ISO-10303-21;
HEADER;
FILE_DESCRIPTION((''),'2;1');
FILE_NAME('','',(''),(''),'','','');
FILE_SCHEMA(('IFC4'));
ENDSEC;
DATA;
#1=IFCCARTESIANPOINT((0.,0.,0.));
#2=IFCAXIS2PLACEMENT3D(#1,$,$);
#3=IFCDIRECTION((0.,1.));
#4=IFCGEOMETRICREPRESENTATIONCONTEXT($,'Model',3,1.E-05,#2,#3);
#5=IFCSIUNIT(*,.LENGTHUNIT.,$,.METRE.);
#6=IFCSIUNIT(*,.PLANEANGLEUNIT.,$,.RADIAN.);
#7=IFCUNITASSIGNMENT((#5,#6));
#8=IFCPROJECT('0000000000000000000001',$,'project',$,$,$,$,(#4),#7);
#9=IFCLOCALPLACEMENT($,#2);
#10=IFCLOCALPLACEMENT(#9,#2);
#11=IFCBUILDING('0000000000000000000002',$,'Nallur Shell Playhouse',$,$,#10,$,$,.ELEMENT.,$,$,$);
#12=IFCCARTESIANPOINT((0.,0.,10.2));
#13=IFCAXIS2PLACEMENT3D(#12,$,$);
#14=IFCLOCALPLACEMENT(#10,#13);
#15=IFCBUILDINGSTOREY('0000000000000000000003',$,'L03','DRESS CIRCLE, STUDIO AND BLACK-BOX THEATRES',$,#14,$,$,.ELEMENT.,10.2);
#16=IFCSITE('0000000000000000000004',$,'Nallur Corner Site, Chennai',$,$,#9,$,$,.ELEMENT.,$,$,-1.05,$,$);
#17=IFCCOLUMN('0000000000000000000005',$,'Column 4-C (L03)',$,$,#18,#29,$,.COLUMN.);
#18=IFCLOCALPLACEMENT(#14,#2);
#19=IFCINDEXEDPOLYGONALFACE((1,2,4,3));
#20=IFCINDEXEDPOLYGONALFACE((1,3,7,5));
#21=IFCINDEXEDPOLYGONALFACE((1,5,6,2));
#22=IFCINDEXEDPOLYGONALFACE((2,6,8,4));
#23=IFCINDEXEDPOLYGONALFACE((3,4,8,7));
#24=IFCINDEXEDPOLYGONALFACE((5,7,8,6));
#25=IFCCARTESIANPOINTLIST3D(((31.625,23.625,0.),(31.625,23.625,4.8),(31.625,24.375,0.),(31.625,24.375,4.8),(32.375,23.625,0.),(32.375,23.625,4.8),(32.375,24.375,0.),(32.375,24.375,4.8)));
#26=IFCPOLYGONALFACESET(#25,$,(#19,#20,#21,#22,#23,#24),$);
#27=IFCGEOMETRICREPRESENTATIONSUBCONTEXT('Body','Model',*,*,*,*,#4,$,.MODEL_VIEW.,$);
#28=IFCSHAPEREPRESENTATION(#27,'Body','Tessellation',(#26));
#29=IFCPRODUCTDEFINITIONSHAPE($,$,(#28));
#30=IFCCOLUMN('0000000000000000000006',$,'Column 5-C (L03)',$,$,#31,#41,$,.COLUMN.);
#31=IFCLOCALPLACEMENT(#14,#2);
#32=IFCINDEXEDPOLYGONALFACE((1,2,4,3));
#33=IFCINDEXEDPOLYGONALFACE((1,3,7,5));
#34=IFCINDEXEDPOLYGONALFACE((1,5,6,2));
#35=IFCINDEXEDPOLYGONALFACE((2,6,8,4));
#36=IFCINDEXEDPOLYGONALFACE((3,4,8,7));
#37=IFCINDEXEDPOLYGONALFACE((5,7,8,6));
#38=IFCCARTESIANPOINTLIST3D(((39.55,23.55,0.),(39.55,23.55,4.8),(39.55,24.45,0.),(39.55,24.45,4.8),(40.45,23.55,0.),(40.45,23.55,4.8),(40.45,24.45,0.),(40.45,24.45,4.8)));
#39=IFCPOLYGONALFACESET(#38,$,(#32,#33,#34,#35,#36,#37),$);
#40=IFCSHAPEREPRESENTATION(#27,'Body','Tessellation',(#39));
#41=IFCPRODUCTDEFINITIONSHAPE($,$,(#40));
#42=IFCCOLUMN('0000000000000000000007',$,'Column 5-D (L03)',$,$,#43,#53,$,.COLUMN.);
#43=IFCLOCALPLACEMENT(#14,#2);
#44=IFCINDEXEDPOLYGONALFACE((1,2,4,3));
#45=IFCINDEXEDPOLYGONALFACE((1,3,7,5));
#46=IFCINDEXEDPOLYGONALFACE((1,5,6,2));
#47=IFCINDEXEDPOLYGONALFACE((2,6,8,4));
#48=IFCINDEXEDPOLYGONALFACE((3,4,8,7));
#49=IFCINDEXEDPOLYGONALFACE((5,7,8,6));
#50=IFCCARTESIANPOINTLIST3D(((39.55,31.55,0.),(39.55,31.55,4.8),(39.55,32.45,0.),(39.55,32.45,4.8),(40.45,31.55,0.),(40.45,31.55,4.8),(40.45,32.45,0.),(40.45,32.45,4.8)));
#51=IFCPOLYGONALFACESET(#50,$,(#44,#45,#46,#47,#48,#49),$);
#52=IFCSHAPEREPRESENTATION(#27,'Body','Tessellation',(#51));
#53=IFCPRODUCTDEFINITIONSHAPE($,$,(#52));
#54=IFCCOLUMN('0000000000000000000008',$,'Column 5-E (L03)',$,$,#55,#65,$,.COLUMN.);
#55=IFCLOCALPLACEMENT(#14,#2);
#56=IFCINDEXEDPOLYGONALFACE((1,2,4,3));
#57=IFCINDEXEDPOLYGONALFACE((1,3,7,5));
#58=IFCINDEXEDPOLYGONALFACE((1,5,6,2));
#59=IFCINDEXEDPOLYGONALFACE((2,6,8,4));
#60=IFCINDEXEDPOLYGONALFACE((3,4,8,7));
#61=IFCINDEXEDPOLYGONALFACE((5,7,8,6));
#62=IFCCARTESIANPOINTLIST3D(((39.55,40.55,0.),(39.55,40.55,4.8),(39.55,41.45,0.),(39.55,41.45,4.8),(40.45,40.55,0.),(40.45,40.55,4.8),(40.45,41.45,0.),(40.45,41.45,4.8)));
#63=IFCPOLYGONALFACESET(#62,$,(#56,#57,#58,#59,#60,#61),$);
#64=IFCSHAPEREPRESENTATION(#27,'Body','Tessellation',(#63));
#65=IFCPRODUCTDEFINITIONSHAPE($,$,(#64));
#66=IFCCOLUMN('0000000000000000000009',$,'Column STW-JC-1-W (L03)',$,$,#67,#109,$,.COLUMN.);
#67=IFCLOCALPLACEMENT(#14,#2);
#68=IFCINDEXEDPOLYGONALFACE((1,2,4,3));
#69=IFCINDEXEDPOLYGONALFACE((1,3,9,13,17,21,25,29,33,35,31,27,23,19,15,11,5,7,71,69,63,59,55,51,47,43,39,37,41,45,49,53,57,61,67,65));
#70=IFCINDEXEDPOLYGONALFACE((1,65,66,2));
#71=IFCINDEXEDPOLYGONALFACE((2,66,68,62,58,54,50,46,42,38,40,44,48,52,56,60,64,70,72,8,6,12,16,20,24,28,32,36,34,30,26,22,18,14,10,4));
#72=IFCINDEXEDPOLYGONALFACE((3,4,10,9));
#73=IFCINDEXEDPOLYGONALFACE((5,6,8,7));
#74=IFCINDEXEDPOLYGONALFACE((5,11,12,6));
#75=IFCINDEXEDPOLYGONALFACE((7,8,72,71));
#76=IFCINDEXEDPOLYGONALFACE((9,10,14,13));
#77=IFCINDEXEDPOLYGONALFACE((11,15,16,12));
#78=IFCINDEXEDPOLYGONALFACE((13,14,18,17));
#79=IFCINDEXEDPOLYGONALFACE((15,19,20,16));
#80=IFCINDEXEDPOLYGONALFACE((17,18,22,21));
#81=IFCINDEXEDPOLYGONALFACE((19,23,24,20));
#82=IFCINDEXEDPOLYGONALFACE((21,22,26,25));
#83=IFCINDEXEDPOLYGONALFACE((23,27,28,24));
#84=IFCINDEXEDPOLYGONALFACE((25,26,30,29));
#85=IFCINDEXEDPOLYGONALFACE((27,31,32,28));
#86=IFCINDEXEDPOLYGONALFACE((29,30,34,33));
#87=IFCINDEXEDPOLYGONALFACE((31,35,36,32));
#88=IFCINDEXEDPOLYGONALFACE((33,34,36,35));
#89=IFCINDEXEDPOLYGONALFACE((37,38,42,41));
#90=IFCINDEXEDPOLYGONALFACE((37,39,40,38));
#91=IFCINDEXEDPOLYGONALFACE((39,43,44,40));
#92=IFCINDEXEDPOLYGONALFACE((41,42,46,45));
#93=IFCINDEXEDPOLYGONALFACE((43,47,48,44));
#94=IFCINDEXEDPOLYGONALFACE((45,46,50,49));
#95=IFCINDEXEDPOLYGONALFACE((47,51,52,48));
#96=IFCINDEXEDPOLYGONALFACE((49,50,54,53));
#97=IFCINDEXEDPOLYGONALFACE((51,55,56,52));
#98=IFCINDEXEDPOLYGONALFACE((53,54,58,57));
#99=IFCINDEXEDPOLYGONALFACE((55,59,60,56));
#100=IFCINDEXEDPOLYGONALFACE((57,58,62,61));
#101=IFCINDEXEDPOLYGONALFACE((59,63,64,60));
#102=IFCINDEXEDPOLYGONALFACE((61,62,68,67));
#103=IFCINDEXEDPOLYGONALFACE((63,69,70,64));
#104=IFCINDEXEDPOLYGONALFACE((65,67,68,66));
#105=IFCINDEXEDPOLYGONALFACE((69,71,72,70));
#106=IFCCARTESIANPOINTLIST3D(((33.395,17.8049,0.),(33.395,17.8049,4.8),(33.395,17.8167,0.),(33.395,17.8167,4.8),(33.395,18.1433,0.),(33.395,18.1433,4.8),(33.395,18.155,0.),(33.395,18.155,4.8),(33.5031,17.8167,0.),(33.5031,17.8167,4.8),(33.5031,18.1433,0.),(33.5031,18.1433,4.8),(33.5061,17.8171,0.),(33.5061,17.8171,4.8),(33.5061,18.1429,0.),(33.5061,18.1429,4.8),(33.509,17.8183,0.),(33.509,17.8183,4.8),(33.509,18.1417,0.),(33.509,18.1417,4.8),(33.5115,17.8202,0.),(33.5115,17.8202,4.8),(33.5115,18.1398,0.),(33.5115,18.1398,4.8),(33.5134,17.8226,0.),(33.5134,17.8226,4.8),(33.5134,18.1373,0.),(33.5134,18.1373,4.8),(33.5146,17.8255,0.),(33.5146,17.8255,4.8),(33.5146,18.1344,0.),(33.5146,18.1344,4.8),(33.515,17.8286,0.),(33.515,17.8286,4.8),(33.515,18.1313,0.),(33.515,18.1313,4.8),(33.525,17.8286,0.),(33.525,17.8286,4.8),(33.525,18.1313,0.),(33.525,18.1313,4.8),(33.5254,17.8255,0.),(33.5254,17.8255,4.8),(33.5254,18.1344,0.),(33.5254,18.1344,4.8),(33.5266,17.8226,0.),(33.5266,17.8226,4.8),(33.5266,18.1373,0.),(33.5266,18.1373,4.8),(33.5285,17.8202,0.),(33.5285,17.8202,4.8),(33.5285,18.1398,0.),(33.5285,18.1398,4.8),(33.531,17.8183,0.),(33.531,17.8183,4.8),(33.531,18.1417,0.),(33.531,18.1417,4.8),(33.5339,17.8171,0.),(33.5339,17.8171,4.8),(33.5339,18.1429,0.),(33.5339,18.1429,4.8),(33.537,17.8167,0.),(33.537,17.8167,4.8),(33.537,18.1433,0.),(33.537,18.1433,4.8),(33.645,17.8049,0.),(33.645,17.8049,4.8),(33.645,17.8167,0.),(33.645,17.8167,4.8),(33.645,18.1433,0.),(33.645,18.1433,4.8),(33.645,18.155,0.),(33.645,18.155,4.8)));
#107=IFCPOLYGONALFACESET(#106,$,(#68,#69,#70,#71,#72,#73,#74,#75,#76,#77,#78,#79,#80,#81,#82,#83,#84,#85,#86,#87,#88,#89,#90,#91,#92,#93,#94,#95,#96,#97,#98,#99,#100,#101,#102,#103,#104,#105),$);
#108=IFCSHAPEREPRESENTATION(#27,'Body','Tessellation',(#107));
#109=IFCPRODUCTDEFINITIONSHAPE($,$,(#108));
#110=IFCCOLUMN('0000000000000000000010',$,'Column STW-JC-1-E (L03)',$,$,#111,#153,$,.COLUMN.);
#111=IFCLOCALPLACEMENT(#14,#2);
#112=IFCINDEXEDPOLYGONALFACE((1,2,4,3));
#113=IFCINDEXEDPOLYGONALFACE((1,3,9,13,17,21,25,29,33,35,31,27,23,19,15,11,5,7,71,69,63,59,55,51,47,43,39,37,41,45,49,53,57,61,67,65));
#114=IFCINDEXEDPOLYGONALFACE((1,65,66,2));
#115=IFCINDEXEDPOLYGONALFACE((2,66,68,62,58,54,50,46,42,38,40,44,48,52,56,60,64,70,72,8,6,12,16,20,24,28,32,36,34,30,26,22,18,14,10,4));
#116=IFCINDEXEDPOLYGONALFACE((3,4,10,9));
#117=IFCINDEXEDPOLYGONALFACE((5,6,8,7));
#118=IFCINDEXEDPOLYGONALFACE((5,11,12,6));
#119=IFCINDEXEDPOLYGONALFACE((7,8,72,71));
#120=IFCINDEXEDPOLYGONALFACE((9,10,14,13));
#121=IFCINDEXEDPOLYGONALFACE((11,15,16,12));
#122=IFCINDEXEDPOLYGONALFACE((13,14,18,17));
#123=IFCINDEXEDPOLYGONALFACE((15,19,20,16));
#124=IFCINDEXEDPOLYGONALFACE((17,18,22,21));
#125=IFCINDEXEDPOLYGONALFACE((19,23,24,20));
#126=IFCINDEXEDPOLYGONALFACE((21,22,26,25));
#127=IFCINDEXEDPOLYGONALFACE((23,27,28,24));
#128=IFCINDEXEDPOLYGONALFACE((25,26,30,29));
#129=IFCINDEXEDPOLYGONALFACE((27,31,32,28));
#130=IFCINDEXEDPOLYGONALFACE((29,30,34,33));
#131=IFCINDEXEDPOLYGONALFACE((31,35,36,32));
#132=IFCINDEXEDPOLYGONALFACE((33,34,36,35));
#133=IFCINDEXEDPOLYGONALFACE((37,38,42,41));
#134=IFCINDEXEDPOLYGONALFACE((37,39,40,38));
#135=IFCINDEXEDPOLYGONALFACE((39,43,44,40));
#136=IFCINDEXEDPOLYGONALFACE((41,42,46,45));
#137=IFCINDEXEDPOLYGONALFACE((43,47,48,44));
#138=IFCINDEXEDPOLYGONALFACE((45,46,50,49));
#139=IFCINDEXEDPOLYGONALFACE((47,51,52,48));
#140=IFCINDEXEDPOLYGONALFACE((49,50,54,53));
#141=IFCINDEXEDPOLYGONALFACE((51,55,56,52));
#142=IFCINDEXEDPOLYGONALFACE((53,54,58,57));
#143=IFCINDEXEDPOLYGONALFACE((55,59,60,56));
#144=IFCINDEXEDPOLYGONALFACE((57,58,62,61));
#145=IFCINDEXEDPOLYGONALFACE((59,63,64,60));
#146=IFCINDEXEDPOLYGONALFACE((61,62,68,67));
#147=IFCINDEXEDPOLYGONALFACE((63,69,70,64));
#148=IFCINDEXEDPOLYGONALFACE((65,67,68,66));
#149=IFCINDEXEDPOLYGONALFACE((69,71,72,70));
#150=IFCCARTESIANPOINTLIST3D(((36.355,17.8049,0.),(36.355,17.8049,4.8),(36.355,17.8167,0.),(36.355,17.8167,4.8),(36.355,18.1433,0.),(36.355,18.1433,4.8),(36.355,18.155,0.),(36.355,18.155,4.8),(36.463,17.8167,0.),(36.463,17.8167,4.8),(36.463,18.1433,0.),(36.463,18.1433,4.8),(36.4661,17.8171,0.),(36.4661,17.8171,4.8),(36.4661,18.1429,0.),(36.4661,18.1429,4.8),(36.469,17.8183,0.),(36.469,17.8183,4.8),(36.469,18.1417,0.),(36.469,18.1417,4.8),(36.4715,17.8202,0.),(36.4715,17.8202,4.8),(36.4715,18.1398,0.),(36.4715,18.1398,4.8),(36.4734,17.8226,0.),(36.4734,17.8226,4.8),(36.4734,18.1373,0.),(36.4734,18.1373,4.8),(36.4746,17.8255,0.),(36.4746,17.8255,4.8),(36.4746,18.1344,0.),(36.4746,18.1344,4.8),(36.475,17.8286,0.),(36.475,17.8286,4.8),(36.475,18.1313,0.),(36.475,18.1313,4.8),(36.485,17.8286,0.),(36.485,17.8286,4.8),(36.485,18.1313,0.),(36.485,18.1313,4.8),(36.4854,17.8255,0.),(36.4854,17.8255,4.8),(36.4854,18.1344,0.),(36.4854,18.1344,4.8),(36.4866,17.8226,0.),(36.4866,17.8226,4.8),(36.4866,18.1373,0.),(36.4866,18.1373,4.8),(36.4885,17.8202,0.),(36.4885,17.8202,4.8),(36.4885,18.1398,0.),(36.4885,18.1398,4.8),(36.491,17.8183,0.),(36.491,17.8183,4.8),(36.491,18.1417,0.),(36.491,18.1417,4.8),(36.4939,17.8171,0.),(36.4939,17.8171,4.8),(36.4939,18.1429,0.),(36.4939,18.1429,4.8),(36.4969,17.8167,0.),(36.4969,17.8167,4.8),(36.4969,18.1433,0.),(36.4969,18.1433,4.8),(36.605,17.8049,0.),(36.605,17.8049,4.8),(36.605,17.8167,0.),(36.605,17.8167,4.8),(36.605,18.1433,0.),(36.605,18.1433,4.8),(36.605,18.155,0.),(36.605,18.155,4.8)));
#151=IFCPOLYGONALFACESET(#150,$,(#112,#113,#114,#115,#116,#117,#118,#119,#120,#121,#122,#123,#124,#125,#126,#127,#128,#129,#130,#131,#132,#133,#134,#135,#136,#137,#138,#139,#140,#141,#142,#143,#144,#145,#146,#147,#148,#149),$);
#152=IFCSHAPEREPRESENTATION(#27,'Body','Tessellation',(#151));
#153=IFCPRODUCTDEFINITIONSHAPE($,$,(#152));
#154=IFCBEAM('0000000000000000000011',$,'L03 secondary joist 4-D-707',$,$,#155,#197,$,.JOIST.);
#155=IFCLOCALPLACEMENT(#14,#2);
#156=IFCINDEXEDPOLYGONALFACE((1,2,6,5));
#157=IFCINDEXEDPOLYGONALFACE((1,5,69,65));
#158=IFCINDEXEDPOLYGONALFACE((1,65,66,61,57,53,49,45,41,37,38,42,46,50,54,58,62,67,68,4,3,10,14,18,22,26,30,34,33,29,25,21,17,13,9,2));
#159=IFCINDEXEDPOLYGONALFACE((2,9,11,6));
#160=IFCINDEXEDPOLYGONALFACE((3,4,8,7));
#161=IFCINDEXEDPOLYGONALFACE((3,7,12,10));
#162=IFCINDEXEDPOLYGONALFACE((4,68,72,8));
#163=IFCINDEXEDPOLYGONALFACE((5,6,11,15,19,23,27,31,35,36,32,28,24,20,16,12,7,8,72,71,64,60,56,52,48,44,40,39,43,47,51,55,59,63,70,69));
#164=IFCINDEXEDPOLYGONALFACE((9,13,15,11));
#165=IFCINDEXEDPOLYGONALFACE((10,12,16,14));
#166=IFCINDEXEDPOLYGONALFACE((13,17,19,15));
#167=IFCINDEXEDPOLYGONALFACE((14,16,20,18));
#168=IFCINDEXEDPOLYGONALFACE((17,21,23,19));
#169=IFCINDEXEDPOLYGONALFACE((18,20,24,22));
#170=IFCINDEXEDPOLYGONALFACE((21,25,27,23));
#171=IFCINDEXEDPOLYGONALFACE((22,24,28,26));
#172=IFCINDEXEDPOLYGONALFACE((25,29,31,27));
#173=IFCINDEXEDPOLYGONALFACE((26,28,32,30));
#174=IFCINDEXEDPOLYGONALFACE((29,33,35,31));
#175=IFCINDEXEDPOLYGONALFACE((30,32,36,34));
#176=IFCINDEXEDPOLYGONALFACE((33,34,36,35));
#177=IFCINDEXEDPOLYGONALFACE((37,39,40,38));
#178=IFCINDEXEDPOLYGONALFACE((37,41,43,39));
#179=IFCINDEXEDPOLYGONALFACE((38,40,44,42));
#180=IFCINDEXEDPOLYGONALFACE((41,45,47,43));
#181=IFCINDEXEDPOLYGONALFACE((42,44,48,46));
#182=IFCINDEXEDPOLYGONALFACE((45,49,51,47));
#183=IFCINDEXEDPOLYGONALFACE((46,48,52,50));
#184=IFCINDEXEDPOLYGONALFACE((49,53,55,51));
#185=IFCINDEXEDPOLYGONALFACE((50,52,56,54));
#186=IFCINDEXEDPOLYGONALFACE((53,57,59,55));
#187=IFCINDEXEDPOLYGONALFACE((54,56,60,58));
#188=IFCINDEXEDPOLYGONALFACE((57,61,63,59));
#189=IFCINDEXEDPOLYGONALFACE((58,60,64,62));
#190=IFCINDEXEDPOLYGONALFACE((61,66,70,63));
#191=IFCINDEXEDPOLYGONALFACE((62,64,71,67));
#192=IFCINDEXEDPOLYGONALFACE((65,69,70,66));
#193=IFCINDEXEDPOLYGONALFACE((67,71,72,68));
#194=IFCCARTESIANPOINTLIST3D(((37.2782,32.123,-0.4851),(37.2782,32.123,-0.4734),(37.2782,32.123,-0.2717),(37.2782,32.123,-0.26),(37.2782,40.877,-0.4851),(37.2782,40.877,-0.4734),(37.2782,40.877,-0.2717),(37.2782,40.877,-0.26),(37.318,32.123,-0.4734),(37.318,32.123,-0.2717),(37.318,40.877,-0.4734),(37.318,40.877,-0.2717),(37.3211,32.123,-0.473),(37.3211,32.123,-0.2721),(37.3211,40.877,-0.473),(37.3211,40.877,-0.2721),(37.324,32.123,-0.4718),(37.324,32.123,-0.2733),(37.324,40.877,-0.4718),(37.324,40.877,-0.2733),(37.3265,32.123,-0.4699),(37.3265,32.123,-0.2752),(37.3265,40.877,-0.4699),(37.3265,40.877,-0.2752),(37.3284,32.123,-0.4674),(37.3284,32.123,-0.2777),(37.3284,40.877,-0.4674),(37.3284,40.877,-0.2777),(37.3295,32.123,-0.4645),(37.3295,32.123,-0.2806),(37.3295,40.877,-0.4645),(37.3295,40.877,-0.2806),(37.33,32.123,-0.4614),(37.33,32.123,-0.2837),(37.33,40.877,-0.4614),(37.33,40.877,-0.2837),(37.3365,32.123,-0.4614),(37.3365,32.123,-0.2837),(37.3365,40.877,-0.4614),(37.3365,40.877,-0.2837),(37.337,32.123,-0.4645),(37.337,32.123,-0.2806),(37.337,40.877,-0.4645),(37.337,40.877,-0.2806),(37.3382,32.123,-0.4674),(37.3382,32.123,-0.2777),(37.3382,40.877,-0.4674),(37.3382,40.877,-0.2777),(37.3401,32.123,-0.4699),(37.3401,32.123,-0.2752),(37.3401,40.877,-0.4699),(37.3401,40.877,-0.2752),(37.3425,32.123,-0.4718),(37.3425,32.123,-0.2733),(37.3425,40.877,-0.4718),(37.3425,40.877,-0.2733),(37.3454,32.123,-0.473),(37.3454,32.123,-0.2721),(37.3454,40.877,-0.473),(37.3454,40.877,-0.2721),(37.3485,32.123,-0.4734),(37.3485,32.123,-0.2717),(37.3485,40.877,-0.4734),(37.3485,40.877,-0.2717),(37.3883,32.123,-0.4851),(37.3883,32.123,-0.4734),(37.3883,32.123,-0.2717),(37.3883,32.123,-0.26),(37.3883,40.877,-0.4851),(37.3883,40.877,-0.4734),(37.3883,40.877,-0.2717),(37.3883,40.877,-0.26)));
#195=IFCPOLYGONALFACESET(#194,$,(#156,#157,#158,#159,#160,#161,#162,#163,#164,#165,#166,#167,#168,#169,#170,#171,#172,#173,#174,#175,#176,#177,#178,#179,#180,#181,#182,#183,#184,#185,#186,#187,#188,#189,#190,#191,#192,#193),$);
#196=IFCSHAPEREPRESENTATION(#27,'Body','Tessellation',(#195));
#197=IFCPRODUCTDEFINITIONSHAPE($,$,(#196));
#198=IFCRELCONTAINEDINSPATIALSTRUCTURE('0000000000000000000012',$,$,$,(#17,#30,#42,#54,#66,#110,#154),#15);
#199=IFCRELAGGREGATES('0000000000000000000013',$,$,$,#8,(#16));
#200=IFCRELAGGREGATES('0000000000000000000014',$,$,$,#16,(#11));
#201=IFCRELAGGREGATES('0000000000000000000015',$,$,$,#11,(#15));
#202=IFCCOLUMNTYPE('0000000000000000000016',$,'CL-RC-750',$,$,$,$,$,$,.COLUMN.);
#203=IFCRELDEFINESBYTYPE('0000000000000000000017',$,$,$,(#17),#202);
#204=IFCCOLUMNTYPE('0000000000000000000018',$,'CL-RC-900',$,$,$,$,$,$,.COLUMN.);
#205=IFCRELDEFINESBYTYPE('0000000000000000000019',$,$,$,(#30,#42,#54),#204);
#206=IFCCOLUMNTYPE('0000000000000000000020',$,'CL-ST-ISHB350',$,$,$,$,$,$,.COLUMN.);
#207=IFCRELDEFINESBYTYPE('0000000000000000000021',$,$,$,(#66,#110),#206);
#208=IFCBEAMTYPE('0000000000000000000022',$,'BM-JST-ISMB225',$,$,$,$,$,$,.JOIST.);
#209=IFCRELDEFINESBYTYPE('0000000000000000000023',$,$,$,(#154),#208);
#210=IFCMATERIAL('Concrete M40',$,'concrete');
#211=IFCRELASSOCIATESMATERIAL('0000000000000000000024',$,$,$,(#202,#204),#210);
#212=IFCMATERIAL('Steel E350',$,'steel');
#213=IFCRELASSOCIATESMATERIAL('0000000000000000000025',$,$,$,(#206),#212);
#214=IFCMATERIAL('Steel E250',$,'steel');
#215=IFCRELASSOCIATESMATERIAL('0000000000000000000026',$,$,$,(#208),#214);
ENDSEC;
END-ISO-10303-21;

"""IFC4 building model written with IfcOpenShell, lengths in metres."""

from ifc_helpers import new_model, si_unit, direction, frame, origin, origin_2d, place, context, subcontext, project, spatial, rectangle, i_section, extrude, material, material_profile, profile_set, type_object, element, save


model = new_model("IFC4")

# Units and contexts
model_context = context("Model", 3, precision=1e-05, world=origin(), true_north=direction((0.0, 1.0)))
body_context = subcontext(model_context, "Body", "Model", "MODEL_VIEW")
ifc_project = project(units=[si_unit("LENGTHUNIT", "METRE"), si_unit("PLANEANGLEUNIT", "RADIAN")], contexts=[model_context])

# Site, building, storey
site_placement = place(None, origin())
site = spatial("IfcSite", under=ifc_project, at=site_placement, Name="Nallur Corner Site, Chennai", CompositionType="ELEMENT", RefElevation=-1.05)
building_placement = place(site_placement, origin())
building = spatial("IfcBuilding", under=site, at=building_placement, Name="Nallur Shell Playhouse", CompositionType="ELEMENT")
storey_placement = place(building_placement, frame((0.0, 0.0, 10.2)))
storey = spatial("IfcBuildingStorey", under=building, at=storey_placement, Name="L03", Description="DRESS CIRCLE, STUDIO AND BLACK-BOX THEATRES", CompositionType="ELEMENT", Elevation=10.2)

# Columns
ifc_material_1 = material(Name="Concrete M40", Category="concrete")
ifc_material_profile_1 = material_profile(ifc_material_1, rectangle(XDim=0.75, YDim=0.75, at=origin_2d()), Name="RC 750x750")
ifc_profile_set_1 = profile_set([ifc_material_profile_1], Name="Concrete M40")
column_type_1 = type_object("IfcColumnType", Name="CL-RC-750", PredefinedType="COLUMN", material=ifc_profile_set_1)
column_placement = place(storey_placement, frame((32.0, 24.0, 0.0), z_axis=(0.0, 0.0, 1.0), x_axis=(1.0, 0.0, 0.0)))
element("IfcColumn", 1, at=column_placement, inside=storey, type_object=column_type_1, Name="Column 4-C (L03)", PredefinedType="COLUMN", context=body_context, shape_type="SweptSolid", body=[
    extrude(rectangle(XDim=0.75, YDim=0.75, at=origin_2d()), origin(), (0.0, 0.0, 1.0), 4.8),
])
ifc_material_profile_2 = material_profile(ifc_material_1, rectangle(XDim=0.8999, YDim=0.8999, at=origin_2d()), Name="RC 900x900")
ifc_profile_set_2 = profile_set([ifc_material_profile_2], Name="Concrete M40")
column_type_2 = type_object("IfcColumnType", Name="CL-RC-900", PredefinedType="COLUMN", material=ifc_profile_set_2)
for number, where, z_axis, x_axis, name in (
    (2, (40.0, 24.0, 0.0), (0.0, 0.0, 1.0), (1.0, 0.0, 0.0), "Column 5-C (L03)"),
    (3, (40.0, 32.0, 0.0), (0.0, 0.0, 1.0), (1.0, 0.0, 0.0), "Column 5-D (L03)"),
    (4, (40.0, 41.0, 0.0), (0.0, 0.0, 1.0), (1.0, 0.0, 0.0), "Column 5-E (L03)"),
):
    element("IfcColumn", number, at=place(storey_placement, frame(where, z_axis=z_axis, x_axis=x_axis)), inside=storey, type_object=column_type_2, Name=name, PredefinedType="COLUMN", context=body_context, shape_type="SweptSolid", body=[
        extrude(rectangle(XDim=0.8999, YDim=0.8999, at=origin_2d()), origin(), (0.0, 0.0, 1.0), 4.8),
    ])
ifc_material_2 = material(Name="Steel E350", Category="steel")
ifc_material_profile_3 = material_profile(ifc_material_2, i_section(OverallWidth=0.25, OverallDepth=0.3501, WebThickness=0.01, FlangeThickness=0.0117, FilletRadius=0.012, at=origin_2d()), Name="ISHB 350")
ifc_profile_set_3 = profile_set([ifc_material_profile_3], Name="Steel E350")
column_type_3 = type_object("IfcColumnType", Name="CL-ST-ISHB350", PredefinedType="COLUMN", material=ifc_profile_set_3)
for number, where, z_axis, x_axis, name in (
    (5, (33.52, 17.98, 0.0), (0.0, 0.0, 1.0), (1.0, 0.0, 0.0), "Column STW-JC-1-W (L03)"),
    (6, (36.48, 17.98, 0.0), (0.0, 0.0, 1.0), (1.0, 0.0, 0.0), "Column STW-JC-1-E (L03)"),
):
    element("IfcColumn", number, at=place(storey_placement, frame(where, z_axis=z_axis, x_axis=x_axis)), inside=storey, type_object=column_type_3, Name=name, PredefinedType="COLUMN", context=body_context, shape_type="SweptSolid", body=[
        extrude(i_section(OverallWidth=0.25, OverallDepth=0.3501, WebThickness=0.01, FlangeThickness=0.0117, FilletRadius=0.012, at=origin_2d()), origin(), (0.0, 0.0, 1.0), 4.8),
    ])

# Beam
ifc_material_3 = material(Name="Steel E250", Category="steel")
ifc_material_profile_4 = material_profile(ifc_material_3, i_section(OverallWidth=0.1101, OverallDepth=0.2251, WebThickness=0.0066, FlangeThickness=0.0117, FilletRadius=0.012, at=origin_2d()), Name="ISMB 225")
ifc_profile_set_4 = profile_set([ifc_material_profile_4], Name="Steel E250")
beam_type_1 = type_object("IfcBeamType", Name="BM-JST-ISMB225", PredefinedType="JOIST", material=ifc_profile_set_4)
beam_1_placement = place(storey_placement, frame((37.3333, 32.123, -0.3726), z_axis=(0.0, 1.0, 0.0), x_axis=(-1.0, 0.0, 0.0)))
element("IfcBeam", 7, at=beam_1_placement, inside=storey, type_object=beam_type_1, Name="L03 secondary joist 4-D-707", PredefinedType="JOIST", context=body_context, shape_type="SweptSolid", body=[
    extrude(i_section(OverallWidth=0.1101, OverallDepth=0.2251, WebThickness=0.0066, FlangeThickness=0.0117, FilletRadius=0.012, at=origin_2d()), origin(), (0.0, 0.0, 1.0), 8.7539),
])

save(model, "model.ifc")
